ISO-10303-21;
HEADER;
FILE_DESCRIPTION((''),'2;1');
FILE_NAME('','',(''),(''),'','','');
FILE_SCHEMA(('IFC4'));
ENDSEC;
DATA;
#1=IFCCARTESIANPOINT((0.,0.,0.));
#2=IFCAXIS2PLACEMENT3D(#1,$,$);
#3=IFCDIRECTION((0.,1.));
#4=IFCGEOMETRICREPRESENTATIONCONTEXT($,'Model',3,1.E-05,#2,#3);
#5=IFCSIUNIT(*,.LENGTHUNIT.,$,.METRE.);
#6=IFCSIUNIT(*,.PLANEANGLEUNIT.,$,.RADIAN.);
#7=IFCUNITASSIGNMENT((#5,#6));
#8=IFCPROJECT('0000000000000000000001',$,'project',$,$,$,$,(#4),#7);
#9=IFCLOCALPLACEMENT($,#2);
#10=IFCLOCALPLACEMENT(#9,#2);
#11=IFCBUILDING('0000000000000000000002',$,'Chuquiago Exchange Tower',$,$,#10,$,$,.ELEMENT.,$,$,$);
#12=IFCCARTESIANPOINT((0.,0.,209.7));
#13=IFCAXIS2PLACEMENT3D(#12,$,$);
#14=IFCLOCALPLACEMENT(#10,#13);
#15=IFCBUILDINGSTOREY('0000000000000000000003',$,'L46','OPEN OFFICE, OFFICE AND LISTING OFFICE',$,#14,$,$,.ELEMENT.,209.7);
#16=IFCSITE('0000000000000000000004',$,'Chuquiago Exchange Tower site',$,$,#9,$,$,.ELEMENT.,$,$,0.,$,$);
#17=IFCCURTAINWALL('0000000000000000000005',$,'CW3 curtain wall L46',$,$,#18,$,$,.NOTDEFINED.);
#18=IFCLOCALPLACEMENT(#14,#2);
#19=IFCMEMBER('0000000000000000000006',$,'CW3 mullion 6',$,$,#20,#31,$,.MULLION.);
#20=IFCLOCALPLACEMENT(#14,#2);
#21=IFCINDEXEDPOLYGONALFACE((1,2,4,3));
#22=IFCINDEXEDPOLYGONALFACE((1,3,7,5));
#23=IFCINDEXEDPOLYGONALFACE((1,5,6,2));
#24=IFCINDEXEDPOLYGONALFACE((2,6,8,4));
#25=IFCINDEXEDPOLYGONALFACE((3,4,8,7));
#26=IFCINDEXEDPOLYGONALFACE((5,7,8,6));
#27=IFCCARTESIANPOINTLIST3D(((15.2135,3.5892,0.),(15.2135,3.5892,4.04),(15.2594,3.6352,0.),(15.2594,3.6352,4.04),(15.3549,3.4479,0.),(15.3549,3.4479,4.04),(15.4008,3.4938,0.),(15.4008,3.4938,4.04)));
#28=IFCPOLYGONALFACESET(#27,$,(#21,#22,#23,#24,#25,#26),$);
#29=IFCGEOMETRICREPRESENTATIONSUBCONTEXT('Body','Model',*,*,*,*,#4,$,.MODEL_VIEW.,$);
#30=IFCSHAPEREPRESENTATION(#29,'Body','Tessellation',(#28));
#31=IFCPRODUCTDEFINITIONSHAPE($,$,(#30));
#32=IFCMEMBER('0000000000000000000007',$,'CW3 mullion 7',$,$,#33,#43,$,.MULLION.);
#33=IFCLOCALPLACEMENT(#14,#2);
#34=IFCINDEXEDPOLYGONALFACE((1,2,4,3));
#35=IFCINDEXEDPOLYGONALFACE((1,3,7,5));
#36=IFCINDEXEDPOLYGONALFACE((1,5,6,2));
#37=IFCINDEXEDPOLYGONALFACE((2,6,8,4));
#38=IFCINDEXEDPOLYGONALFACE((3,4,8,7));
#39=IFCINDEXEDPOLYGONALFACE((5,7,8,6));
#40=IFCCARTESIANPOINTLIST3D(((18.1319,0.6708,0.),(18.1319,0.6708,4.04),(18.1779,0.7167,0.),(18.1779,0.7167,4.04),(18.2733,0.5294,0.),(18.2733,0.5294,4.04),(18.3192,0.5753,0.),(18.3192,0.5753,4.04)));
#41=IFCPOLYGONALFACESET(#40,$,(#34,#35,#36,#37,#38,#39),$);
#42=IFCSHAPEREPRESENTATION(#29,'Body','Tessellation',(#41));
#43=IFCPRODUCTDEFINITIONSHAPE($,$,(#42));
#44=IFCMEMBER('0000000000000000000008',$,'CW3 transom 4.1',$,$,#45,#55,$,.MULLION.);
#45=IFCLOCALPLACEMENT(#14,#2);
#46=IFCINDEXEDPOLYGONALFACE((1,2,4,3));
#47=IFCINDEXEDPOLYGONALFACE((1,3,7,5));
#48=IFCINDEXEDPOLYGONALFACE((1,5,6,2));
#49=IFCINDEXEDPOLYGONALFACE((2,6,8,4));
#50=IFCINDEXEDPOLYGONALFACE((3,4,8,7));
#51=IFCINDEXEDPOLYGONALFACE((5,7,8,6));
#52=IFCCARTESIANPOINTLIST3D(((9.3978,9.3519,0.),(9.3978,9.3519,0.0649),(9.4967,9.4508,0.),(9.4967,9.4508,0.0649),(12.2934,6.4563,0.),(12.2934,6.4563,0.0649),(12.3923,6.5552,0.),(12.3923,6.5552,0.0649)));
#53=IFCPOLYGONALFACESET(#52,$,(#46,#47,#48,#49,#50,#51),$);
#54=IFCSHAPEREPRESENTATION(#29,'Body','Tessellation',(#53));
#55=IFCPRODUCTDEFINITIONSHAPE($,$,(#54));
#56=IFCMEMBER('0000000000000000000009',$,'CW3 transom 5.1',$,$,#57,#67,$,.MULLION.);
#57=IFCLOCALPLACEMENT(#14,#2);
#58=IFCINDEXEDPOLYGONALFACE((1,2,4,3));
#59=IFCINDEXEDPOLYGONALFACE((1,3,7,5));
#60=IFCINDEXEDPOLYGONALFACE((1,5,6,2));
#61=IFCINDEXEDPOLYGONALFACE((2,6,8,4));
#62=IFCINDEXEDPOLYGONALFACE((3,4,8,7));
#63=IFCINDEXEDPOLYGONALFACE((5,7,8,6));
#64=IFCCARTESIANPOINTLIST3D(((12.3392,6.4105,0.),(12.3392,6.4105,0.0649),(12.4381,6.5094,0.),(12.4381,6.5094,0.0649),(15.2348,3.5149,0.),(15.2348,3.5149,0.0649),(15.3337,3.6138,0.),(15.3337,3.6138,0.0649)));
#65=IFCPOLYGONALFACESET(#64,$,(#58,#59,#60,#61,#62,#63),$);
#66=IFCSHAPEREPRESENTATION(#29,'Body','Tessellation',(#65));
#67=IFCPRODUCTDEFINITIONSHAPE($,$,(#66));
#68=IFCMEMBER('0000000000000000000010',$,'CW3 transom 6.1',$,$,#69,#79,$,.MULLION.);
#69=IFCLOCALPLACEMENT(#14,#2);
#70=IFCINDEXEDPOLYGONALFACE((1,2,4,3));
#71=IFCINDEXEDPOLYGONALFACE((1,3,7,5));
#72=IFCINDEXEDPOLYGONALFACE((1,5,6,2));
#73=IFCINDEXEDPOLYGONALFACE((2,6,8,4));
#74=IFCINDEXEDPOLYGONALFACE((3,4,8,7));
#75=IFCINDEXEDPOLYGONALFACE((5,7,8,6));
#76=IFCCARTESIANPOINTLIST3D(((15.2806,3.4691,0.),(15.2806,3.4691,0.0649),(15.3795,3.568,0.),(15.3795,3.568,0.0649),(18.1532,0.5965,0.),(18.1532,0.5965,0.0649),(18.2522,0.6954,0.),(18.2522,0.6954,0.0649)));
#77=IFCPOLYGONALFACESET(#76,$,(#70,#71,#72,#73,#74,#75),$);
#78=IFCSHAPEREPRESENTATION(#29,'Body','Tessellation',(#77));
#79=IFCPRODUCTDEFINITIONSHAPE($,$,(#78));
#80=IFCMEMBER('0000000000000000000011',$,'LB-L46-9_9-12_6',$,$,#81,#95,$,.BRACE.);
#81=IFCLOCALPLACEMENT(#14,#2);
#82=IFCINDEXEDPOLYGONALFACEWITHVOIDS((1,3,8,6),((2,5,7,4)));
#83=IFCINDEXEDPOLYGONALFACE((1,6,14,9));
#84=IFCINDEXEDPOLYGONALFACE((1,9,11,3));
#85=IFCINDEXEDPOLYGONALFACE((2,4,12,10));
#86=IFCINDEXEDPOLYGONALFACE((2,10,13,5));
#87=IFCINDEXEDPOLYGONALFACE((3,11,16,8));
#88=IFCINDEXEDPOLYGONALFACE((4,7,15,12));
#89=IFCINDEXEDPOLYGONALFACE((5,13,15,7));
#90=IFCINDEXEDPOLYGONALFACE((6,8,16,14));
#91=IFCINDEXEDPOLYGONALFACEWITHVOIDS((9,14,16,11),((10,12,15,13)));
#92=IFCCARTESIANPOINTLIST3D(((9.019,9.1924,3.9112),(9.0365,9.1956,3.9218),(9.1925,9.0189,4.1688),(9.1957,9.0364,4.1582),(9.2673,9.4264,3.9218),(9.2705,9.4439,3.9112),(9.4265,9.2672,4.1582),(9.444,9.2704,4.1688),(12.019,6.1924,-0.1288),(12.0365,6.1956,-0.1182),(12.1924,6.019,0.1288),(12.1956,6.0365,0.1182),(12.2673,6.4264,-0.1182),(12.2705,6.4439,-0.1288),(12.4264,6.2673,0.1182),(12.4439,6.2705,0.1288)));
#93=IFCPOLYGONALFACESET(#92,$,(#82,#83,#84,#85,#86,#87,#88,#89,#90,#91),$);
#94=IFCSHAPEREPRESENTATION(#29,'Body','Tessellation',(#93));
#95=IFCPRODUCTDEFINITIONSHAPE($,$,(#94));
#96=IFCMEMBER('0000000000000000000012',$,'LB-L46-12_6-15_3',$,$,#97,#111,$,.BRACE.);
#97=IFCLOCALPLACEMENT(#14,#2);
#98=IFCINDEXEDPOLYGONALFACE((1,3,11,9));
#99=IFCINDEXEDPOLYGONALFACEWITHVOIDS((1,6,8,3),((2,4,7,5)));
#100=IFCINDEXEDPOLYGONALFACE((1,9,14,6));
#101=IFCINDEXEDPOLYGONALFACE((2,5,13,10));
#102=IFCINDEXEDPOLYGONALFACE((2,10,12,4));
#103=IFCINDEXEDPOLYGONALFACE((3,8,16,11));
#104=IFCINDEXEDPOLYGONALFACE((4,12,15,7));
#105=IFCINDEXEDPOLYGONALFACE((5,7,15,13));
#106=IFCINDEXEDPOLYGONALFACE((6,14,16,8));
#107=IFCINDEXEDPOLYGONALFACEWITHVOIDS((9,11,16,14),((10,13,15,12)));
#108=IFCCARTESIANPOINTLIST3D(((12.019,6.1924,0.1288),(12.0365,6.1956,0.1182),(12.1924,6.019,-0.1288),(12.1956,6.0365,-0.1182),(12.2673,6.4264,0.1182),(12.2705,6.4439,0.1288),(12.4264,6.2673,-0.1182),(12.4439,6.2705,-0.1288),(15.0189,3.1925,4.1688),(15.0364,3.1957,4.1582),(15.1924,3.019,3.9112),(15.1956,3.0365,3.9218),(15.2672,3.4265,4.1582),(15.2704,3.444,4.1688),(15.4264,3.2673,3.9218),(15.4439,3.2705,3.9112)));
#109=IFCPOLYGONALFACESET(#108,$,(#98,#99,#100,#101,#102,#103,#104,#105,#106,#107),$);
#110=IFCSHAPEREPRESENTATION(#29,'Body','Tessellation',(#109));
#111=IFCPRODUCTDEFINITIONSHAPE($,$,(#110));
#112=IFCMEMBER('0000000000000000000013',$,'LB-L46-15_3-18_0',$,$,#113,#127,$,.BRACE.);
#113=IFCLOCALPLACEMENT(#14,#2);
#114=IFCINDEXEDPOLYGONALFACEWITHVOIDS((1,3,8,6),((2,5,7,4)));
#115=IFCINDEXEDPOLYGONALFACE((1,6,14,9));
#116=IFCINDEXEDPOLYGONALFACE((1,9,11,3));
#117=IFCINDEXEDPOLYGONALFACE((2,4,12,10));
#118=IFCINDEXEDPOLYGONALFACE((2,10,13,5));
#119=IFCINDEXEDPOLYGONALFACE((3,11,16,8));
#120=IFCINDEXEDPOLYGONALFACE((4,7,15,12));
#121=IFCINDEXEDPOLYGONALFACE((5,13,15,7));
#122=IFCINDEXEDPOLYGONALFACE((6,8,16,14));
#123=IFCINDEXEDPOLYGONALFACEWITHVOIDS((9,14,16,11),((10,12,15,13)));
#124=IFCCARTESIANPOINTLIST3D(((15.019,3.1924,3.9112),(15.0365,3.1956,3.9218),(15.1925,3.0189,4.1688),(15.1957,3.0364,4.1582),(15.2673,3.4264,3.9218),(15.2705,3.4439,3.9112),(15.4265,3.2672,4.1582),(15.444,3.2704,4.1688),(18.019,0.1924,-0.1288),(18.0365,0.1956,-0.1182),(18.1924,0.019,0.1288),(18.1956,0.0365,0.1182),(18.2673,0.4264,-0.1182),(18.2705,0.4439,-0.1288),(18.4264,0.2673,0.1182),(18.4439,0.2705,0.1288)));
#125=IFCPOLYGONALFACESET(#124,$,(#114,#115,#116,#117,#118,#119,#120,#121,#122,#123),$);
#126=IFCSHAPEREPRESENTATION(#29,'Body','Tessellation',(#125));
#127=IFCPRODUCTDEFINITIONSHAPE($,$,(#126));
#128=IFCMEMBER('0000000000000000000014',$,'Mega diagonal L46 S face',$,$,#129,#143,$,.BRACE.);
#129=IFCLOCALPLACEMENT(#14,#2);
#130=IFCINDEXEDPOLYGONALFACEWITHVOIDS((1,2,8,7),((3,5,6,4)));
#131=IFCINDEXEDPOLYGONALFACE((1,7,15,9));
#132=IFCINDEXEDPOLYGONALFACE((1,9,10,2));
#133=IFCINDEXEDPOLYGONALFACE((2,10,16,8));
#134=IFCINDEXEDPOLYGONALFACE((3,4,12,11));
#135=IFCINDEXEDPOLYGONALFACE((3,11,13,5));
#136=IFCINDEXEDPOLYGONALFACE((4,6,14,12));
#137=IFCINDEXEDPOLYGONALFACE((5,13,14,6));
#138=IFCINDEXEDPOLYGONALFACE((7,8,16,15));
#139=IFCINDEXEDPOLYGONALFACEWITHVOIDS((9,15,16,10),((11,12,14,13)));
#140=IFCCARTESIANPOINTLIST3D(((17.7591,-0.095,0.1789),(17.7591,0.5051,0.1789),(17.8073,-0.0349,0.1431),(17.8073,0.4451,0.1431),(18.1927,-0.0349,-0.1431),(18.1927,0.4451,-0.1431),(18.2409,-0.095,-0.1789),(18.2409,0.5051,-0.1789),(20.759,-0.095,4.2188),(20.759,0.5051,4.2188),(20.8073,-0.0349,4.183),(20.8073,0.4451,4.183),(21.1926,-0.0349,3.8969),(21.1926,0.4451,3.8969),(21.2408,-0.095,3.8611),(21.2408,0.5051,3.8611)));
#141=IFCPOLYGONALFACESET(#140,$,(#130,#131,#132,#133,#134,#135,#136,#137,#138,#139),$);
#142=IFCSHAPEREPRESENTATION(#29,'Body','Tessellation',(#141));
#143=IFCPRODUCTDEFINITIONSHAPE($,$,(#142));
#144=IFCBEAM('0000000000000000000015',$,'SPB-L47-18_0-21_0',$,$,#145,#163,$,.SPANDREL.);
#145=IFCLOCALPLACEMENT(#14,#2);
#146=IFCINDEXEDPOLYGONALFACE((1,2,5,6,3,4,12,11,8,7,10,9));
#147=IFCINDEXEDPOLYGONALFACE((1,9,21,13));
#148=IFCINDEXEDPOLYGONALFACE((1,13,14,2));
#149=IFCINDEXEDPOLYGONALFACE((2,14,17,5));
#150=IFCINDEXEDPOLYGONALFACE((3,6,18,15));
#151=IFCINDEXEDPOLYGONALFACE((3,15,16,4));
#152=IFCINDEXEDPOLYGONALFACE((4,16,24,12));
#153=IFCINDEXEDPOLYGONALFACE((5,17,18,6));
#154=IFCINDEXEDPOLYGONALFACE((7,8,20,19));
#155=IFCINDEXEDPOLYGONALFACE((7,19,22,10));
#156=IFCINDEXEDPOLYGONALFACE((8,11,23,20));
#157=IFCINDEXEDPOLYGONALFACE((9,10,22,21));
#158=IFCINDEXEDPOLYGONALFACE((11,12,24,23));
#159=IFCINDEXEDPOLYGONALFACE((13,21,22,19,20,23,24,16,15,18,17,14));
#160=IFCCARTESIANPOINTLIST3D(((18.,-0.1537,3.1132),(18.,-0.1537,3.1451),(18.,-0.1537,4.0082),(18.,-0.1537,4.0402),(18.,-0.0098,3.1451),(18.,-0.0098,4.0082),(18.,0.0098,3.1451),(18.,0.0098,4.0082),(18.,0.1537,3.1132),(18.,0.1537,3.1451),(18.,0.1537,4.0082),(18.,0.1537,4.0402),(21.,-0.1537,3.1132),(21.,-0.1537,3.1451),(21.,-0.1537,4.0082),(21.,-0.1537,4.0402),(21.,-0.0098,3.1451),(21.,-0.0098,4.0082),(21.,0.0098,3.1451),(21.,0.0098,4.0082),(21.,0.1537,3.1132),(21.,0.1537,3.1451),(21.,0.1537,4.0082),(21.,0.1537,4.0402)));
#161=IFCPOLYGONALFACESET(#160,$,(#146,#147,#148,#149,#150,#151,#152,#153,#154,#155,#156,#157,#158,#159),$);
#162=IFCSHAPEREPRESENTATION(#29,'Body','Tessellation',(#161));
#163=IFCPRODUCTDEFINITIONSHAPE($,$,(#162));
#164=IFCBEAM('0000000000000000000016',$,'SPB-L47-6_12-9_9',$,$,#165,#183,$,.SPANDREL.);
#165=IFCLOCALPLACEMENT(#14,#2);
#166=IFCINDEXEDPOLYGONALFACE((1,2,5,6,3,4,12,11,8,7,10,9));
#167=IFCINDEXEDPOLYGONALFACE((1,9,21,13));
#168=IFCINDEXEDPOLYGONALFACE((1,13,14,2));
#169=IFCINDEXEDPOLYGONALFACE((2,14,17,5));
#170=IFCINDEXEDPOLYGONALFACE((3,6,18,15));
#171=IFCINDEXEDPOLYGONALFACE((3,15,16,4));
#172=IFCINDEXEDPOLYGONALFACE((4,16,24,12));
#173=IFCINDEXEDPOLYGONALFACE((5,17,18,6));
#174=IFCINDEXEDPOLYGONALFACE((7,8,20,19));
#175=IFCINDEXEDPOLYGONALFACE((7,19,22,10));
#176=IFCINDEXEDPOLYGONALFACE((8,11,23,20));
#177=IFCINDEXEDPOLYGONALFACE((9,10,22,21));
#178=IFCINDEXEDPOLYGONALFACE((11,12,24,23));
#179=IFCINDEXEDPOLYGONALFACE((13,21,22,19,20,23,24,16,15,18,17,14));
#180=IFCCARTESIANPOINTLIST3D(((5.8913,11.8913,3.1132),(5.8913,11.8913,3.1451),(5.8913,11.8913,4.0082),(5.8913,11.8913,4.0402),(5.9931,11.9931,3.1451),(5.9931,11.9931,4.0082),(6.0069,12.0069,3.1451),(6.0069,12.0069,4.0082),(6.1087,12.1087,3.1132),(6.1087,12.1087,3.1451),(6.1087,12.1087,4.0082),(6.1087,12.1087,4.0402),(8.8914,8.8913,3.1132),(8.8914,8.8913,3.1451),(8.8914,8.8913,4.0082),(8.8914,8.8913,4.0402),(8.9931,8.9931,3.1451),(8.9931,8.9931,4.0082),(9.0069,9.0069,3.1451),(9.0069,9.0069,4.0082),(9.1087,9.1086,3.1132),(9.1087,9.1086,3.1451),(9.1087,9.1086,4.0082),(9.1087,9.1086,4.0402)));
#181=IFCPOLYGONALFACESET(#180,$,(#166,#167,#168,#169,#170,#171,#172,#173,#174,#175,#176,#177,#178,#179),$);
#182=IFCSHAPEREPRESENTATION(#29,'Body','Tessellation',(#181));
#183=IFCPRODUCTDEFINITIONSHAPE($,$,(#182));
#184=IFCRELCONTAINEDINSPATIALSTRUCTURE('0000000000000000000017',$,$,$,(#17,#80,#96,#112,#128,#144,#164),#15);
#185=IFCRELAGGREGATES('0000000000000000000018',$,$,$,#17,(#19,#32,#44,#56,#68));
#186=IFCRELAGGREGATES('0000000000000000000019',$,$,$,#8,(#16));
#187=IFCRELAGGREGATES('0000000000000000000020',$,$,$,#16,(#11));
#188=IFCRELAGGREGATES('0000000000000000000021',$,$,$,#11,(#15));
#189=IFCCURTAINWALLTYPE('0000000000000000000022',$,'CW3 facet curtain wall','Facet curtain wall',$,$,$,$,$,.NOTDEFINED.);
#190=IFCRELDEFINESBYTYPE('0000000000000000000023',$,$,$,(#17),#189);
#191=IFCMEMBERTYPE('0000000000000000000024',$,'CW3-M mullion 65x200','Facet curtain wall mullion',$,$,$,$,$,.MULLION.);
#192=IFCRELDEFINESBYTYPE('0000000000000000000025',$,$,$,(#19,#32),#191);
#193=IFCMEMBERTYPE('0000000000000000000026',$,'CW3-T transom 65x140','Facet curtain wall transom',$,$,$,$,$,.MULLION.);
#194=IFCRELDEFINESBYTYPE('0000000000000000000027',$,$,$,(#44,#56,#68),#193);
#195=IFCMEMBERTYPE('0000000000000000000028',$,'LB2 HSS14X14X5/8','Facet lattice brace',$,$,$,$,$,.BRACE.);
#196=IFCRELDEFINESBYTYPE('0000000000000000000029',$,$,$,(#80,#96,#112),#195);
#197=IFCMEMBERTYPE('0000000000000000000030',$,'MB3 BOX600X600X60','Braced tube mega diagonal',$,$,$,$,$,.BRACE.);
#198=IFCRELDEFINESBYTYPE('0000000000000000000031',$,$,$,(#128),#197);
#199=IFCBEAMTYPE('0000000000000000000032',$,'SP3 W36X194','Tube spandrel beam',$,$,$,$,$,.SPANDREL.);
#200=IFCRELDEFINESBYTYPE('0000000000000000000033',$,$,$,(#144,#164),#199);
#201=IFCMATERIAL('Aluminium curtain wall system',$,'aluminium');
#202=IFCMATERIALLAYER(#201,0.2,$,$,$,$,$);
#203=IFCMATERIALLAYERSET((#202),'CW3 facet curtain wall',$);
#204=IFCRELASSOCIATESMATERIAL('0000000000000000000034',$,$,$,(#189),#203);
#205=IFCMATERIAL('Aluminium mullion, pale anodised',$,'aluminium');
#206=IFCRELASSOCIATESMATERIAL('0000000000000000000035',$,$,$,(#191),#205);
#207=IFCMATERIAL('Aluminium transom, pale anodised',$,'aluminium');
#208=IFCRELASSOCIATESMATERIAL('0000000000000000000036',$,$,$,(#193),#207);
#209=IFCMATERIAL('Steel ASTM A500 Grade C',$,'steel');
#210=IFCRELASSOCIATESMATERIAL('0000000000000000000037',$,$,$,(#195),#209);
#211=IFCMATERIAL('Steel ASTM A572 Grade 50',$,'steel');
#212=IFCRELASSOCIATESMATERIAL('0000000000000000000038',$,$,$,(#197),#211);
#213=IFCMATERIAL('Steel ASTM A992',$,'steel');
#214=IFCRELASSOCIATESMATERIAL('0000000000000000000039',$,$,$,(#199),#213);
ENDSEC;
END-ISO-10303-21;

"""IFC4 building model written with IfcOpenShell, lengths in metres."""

from ifc_helpers import new_model, si_unit, direction, frame, origin, origin_2d, place, context, subcontext, project, spatial, rectangle, hollow_rectangle, i_section, extrude, material, layer, layer_set, material_profile, profile_set, type_object, element, aggregate, save


model = new_model("IFC4")

# Units and contexts
model_context = context("Model", 3, precision=1e-05, world=origin(), true_north=direction((0.0, 1.0)))
body_context = subcontext(model_context, "Body", "Model", "MODEL_VIEW")
ifc_project = project(units=[si_unit("LENGTHUNIT", "METRE"), si_unit("PLANEANGLEUNIT", "RADIAN")], contexts=[model_context])

# Site, building, storey
site_placement = place(None, origin())
site = spatial("IfcSite", under=ifc_project, at=site_placement, Name="Chuquiago Exchange Tower site", CompositionType="ELEMENT", RefElevation=0.0)
building_placement = place(site_placement, origin())
building = spatial("IfcBuilding", under=site, at=building_placement, Name="Chuquiago Exchange Tower", CompositionType="ELEMENT")
storey_placement = place(building_placement, frame((0.0, 0.0, 209.7)))
storey = spatial("IfcBuildingStorey", under=building, at=storey_placement, Name="L46", Description="OPEN OFFICE, OFFICE AND LISTING OFFICE", CompositionType="ELEMENT", Elevation=209.7)

# Curtain wall, members
ifc_material_1 = material(Name="Aluminium curtain wall system", Category="aluminium")
ifc_layer_1 = layer(ifc_material_1, 0.2)
ifc_layer_set_1 = layer_set([ifc_layer_1], Name="CW3 facet curtain wall")
curtain_wall_type_1 = type_object("IfcCurtainWallType", Name="CW3 facet curtain wall", Description="Facet curtain wall", PredefinedType="NOTDEFINED", material=ifc_layer_set_1)
curtain_wall_1_placement = place(storey_placement, origin())
curtain_wall_1 = element("IfcCurtainWall", 1, at=curtain_wall_1_placement, inside=storey, type_object=curtain_wall_type_1, Name="CW3 curtain wall L46", PredefinedType="NOTDEFINED")
ifc_material_2 = material(Name="Aluminium mullion, pale anodised", Category="aluminium")
ifc_material_profile_1 = material_profile(ifc_material_2, rectangle(XDim=0.0649, YDim=0.2, at=origin_2d()), Name="AL 65x200")
ifc_profile_set_1 = profile_set([ifc_material_profile_1], Name="Aluminium mullion, pale anodised")
member_type_1 = type_object("IfcMemberType", Name="CW3-M mullion 65x200", Description="Facet curtain wall mullion", PredefinedType="MULLION", material=ifc_profile_set_1)
member_1_placement = place(storey_placement, frame((15.3071, 3.5415, 0.0), z_axis=(0.0, 0.0, 1.0), x_axis=(0.707107, 0.707107, 0.0)))
member_1 = element("IfcMember", 2, at=member_1_placement, type_object=member_type_1, Name="CW3 mullion 6", PredefinedType="MULLION", context=body_context, shape_type="SweptSolid", body=[
    extrude(rectangle(XDim=0.0649, YDim=0.2, at=origin_2d()), origin(), (0.0, 0.0, 1.0), 4.04),
])
member_2_placement = place(storey_placement, frame((18.2256, 0.623, 0.0), z_axis=(0.0, 0.0, 1.0), x_axis=(0.707107, 0.707107, 0.0)))
member_2 = element("IfcMember", 3, at=member_2_placement, type_object=member_type_1, Name="CW3 mullion 7", PredefinedType="MULLION", context=body_context, shape_type="SweptSolid", body=[
    extrude(rectangle(XDim=0.0649, YDim=0.2, at=origin_2d()), origin(), (0.0, 0.0, 1.0), 4.04),
])
ifc_material_3 = material(Name="Aluminium transom, pale anodised", Category="aluminium")
ifc_material_profile_2 = material_profile(ifc_material_3, rectangle(XDim=0.1399, YDim=0.0649, at=origin_2d()), Name="AL 140x65")
ifc_profile_set_2 = profile_set([ifc_material_profile_2], Name="Aluminium transom, pale anodised")
member_type_2 = type_object("IfcMemberType", Name="CW3-T transom 65x140", Description="Facet curtain wall transom", PredefinedType="MULLION", material=ifc_profile_set_2)
member_3_placement = place(storey_placement, frame((9.4473, 9.4014, 0.0325), z_axis=(0.707107, -0.707107, 0.0), x_axis=(0.707107, 0.707107, 0.0)))
member_3 = element("IfcMember", 4, at=member_3_placement, type_object=member_type_2, Name="CW3 transom 4.1", PredefinedType="MULLION", context=body_context, shape_type="SweptSolid", body=[
    extrude(rectangle(XDim=0.1399, YDim=0.0649, at=origin_2d()), origin(), (0.0, 0.0, 1.0), 4.095),
])
member_4_placement = place(storey_placement, frame((12.3887, 6.46, 0.0325), z_axis=(0.707107, -0.707107, 0.0), x_axis=(0.707107, 0.707107, 0.0)))
member_4 = element("IfcMember", 5, at=member_4_placement, type_object=member_type_2, Name="CW3 transom 5.1", PredefinedType="MULLION", context=body_context, shape_type="SweptSolid", body=[
    extrude(rectangle(XDim=0.1399, YDim=0.0649, at=origin_2d()), origin(), (0.0, 0.0, 1.0), 4.095),
])
member_5_placement = place(storey_placement, frame((15.3301, 3.5186, 0.0325), z_axis=(0.707107, -0.707107, 0.0), x_axis=(0.707107, 0.707107, 0.0)))
member_5 = element("IfcMember", 6, at=member_5_placement, type_object=member_type_2, Name="CW3 transom 6.1", PredefinedType="MULLION", context=body_context, shape_type="SweptSolid", body=[
    extrude(rectangle(XDim=0.1399, YDim=0.0649, at=origin_2d()), origin(), (0.0, 0.0, 1.0), 4.0625),
])

# Members
ifc_material_4 = material(Name="Steel ASTM A500 Grade C", Category="steel")
ifc_material_profile_3 = material_profile(ifc_material_4, hollow_rectangle(XDim=0.3557, YDim=0.3557, WallThickness=0.0146, at=origin_2d()), Name="HSS14X14X5/8")
ifc_profile_set_3 = profile_set([ifc_material_profile_3], Name="Steel ASTM A500 Grade C")
member_type_3 = type_object("IfcMemberType", Name="LB2 HSS14X14X5/8", Description="Facet lattice brace", PredefinedType="BRACE", material=ifc_profile_set_3)
for number, where, z_axis, x_axis, name in (
    (7, (12.2314, 6.2314, 0.0), (-0.512077, 0.512077, 0.689604), (-0.707107, -0.707107, 0.0), "LB-L46-9_9-12_6"),
    (8, (12.2314, 6.2314, 0.0), (0.512077, -0.512077, 0.689604), (0.707107, 0.707107, 0.0), "LB-L46-12_6-15_3"),
    (9, (18.2314, 0.2314, 0.0), (-0.512077, 0.512077, 0.689604), (-0.707107, -0.707107, 0.0), "LB-L46-15_3-18_0"),
):
    element("IfcMember", number, at=place(storey_placement, frame(where, z_axis=z_axis, x_axis=x_axis)), inside=storey, type_object=member_type_3, Name=name, PredefinedType="BRACE", context=body_context, shape_type="SweptSolid", body=[
        extrude(hollow_rectangle(XDim=0.3557, YDim=0.3557, WallThickness=0.0146, at=origin_2d()), origin(), (0.0, 0.0, 1.0), 5.8584),
    ])
ifc_material_5 = material(Name="Steel ASTM A572 Grade 50", Category="steel")
ifc_material_profile_4 = material_profile(ifc_material_5, hollow_rectangle(XDim=0.6001, YDim=0.6001, WallThickness=0.0601, at=origin_2d()), Name="BOX600X600X60")
ifc_profile_set_4 = profile_set([ifc_material_profile_4], Name="Steel ASTM A572 Grade 50")
member_type_4 = type_object("IfcMemberType", Name="MB3 BOX600X600X60", Description="Braced tube mega diagonal", PredefinedType="BRACE", material=ifc_profile_set_4)
member_6_placement = place(storey_placement, frame((18.0, 0.2051, 0.0), z_axis=(0.596174, 0.0, 0.802855), x_axis=(0.0, 1.0, 0.0)))
element("IfcMember", 10, at=member_6_placement, inside=storey, type_object=member_type_4, Name="Mega diagonal L46 S face", PredefinedType="BRACE", context=body_context, shape_type="SweptSolid", body=[
    extrude(hollow_rectangle(XDim=0.6001, YDim=0.6001, WallThickness=0.0601, at=origin_2d()), origin(), (0.0, 0.0, 1.0), 5.032),
])

# Beams
ifc_material_6 = material(Name="Steel ASTM A992", Category="steel")
ifc_material_profile_5 = material_profile(ifc_material_6, i_section(OverallWidth=0.3074, OverallDepth=0.927, WebThickness=0.0195, FlangeThickness=0.032, at=origin_2d()), Name="W36X194")
ifc_profile_set_5 = profile_set([ifc_material_profile_5], Name="Steel ASTM A992")
beam_type_1 = type_object("IfcBeamType", Name="SP3 W36X194", Description="Tube spandrel beam", PredefinedType="SPANDREL", material=ifc_profile_set_5)
beam_1_placement = place(storey_placement, frame((18.0, 0.0, 3.5767), z_axis=(1.0, 0.0, 0.0), x_axis=(0.0, 1.0, 0.0)))
element("IfcBeam", 11, at=beam_1_placement, inside=storey, type_object=beam_type_1, Name="SPB-L47-18_0-21_0", PredefinedType="SPANDREL", context=body_context, shape_type="SweptSolid", body=[
    extrude(i_section(OverallWidth=0.3074, OverallDepth=0.927, WebThickness=0.0195, FlangeThickness=0.032, at=origin_2d()), origin(), (0.0, 0.0, 1.0), 3.0),
])
for number, where, z_axis, x_axis, name in (
    (12, (6.0, 12.0, 3.5767), (0.707107, -0.707107, 0.0), (0.707107, 0.707107, 0.0), "SPB-L47-6_12-9_9"),
):
    element("IfcBeam", number, at=place(storey_placement, frame(where, z_axis=z_axis, x_axis=x_axis)), inside=storey, type_object=beam_type_1, Name=name, PredefinedType="SPANDREL", context=body_context, shape_type="SweptSolid", body=[
        extrude(i_section(OverallWidth=0.3074, OverallDepth=0.927, WebThickness=0.0195, FlangeThickness=0.032, at=origin_2d()), origin(), (0.0, 0.0, 1.0), 4.2427),
    ])

aggregate(curtain_wall_1, [member_1, member_2, member_3, member_4, member_5])

save(model, "model.ifc")
